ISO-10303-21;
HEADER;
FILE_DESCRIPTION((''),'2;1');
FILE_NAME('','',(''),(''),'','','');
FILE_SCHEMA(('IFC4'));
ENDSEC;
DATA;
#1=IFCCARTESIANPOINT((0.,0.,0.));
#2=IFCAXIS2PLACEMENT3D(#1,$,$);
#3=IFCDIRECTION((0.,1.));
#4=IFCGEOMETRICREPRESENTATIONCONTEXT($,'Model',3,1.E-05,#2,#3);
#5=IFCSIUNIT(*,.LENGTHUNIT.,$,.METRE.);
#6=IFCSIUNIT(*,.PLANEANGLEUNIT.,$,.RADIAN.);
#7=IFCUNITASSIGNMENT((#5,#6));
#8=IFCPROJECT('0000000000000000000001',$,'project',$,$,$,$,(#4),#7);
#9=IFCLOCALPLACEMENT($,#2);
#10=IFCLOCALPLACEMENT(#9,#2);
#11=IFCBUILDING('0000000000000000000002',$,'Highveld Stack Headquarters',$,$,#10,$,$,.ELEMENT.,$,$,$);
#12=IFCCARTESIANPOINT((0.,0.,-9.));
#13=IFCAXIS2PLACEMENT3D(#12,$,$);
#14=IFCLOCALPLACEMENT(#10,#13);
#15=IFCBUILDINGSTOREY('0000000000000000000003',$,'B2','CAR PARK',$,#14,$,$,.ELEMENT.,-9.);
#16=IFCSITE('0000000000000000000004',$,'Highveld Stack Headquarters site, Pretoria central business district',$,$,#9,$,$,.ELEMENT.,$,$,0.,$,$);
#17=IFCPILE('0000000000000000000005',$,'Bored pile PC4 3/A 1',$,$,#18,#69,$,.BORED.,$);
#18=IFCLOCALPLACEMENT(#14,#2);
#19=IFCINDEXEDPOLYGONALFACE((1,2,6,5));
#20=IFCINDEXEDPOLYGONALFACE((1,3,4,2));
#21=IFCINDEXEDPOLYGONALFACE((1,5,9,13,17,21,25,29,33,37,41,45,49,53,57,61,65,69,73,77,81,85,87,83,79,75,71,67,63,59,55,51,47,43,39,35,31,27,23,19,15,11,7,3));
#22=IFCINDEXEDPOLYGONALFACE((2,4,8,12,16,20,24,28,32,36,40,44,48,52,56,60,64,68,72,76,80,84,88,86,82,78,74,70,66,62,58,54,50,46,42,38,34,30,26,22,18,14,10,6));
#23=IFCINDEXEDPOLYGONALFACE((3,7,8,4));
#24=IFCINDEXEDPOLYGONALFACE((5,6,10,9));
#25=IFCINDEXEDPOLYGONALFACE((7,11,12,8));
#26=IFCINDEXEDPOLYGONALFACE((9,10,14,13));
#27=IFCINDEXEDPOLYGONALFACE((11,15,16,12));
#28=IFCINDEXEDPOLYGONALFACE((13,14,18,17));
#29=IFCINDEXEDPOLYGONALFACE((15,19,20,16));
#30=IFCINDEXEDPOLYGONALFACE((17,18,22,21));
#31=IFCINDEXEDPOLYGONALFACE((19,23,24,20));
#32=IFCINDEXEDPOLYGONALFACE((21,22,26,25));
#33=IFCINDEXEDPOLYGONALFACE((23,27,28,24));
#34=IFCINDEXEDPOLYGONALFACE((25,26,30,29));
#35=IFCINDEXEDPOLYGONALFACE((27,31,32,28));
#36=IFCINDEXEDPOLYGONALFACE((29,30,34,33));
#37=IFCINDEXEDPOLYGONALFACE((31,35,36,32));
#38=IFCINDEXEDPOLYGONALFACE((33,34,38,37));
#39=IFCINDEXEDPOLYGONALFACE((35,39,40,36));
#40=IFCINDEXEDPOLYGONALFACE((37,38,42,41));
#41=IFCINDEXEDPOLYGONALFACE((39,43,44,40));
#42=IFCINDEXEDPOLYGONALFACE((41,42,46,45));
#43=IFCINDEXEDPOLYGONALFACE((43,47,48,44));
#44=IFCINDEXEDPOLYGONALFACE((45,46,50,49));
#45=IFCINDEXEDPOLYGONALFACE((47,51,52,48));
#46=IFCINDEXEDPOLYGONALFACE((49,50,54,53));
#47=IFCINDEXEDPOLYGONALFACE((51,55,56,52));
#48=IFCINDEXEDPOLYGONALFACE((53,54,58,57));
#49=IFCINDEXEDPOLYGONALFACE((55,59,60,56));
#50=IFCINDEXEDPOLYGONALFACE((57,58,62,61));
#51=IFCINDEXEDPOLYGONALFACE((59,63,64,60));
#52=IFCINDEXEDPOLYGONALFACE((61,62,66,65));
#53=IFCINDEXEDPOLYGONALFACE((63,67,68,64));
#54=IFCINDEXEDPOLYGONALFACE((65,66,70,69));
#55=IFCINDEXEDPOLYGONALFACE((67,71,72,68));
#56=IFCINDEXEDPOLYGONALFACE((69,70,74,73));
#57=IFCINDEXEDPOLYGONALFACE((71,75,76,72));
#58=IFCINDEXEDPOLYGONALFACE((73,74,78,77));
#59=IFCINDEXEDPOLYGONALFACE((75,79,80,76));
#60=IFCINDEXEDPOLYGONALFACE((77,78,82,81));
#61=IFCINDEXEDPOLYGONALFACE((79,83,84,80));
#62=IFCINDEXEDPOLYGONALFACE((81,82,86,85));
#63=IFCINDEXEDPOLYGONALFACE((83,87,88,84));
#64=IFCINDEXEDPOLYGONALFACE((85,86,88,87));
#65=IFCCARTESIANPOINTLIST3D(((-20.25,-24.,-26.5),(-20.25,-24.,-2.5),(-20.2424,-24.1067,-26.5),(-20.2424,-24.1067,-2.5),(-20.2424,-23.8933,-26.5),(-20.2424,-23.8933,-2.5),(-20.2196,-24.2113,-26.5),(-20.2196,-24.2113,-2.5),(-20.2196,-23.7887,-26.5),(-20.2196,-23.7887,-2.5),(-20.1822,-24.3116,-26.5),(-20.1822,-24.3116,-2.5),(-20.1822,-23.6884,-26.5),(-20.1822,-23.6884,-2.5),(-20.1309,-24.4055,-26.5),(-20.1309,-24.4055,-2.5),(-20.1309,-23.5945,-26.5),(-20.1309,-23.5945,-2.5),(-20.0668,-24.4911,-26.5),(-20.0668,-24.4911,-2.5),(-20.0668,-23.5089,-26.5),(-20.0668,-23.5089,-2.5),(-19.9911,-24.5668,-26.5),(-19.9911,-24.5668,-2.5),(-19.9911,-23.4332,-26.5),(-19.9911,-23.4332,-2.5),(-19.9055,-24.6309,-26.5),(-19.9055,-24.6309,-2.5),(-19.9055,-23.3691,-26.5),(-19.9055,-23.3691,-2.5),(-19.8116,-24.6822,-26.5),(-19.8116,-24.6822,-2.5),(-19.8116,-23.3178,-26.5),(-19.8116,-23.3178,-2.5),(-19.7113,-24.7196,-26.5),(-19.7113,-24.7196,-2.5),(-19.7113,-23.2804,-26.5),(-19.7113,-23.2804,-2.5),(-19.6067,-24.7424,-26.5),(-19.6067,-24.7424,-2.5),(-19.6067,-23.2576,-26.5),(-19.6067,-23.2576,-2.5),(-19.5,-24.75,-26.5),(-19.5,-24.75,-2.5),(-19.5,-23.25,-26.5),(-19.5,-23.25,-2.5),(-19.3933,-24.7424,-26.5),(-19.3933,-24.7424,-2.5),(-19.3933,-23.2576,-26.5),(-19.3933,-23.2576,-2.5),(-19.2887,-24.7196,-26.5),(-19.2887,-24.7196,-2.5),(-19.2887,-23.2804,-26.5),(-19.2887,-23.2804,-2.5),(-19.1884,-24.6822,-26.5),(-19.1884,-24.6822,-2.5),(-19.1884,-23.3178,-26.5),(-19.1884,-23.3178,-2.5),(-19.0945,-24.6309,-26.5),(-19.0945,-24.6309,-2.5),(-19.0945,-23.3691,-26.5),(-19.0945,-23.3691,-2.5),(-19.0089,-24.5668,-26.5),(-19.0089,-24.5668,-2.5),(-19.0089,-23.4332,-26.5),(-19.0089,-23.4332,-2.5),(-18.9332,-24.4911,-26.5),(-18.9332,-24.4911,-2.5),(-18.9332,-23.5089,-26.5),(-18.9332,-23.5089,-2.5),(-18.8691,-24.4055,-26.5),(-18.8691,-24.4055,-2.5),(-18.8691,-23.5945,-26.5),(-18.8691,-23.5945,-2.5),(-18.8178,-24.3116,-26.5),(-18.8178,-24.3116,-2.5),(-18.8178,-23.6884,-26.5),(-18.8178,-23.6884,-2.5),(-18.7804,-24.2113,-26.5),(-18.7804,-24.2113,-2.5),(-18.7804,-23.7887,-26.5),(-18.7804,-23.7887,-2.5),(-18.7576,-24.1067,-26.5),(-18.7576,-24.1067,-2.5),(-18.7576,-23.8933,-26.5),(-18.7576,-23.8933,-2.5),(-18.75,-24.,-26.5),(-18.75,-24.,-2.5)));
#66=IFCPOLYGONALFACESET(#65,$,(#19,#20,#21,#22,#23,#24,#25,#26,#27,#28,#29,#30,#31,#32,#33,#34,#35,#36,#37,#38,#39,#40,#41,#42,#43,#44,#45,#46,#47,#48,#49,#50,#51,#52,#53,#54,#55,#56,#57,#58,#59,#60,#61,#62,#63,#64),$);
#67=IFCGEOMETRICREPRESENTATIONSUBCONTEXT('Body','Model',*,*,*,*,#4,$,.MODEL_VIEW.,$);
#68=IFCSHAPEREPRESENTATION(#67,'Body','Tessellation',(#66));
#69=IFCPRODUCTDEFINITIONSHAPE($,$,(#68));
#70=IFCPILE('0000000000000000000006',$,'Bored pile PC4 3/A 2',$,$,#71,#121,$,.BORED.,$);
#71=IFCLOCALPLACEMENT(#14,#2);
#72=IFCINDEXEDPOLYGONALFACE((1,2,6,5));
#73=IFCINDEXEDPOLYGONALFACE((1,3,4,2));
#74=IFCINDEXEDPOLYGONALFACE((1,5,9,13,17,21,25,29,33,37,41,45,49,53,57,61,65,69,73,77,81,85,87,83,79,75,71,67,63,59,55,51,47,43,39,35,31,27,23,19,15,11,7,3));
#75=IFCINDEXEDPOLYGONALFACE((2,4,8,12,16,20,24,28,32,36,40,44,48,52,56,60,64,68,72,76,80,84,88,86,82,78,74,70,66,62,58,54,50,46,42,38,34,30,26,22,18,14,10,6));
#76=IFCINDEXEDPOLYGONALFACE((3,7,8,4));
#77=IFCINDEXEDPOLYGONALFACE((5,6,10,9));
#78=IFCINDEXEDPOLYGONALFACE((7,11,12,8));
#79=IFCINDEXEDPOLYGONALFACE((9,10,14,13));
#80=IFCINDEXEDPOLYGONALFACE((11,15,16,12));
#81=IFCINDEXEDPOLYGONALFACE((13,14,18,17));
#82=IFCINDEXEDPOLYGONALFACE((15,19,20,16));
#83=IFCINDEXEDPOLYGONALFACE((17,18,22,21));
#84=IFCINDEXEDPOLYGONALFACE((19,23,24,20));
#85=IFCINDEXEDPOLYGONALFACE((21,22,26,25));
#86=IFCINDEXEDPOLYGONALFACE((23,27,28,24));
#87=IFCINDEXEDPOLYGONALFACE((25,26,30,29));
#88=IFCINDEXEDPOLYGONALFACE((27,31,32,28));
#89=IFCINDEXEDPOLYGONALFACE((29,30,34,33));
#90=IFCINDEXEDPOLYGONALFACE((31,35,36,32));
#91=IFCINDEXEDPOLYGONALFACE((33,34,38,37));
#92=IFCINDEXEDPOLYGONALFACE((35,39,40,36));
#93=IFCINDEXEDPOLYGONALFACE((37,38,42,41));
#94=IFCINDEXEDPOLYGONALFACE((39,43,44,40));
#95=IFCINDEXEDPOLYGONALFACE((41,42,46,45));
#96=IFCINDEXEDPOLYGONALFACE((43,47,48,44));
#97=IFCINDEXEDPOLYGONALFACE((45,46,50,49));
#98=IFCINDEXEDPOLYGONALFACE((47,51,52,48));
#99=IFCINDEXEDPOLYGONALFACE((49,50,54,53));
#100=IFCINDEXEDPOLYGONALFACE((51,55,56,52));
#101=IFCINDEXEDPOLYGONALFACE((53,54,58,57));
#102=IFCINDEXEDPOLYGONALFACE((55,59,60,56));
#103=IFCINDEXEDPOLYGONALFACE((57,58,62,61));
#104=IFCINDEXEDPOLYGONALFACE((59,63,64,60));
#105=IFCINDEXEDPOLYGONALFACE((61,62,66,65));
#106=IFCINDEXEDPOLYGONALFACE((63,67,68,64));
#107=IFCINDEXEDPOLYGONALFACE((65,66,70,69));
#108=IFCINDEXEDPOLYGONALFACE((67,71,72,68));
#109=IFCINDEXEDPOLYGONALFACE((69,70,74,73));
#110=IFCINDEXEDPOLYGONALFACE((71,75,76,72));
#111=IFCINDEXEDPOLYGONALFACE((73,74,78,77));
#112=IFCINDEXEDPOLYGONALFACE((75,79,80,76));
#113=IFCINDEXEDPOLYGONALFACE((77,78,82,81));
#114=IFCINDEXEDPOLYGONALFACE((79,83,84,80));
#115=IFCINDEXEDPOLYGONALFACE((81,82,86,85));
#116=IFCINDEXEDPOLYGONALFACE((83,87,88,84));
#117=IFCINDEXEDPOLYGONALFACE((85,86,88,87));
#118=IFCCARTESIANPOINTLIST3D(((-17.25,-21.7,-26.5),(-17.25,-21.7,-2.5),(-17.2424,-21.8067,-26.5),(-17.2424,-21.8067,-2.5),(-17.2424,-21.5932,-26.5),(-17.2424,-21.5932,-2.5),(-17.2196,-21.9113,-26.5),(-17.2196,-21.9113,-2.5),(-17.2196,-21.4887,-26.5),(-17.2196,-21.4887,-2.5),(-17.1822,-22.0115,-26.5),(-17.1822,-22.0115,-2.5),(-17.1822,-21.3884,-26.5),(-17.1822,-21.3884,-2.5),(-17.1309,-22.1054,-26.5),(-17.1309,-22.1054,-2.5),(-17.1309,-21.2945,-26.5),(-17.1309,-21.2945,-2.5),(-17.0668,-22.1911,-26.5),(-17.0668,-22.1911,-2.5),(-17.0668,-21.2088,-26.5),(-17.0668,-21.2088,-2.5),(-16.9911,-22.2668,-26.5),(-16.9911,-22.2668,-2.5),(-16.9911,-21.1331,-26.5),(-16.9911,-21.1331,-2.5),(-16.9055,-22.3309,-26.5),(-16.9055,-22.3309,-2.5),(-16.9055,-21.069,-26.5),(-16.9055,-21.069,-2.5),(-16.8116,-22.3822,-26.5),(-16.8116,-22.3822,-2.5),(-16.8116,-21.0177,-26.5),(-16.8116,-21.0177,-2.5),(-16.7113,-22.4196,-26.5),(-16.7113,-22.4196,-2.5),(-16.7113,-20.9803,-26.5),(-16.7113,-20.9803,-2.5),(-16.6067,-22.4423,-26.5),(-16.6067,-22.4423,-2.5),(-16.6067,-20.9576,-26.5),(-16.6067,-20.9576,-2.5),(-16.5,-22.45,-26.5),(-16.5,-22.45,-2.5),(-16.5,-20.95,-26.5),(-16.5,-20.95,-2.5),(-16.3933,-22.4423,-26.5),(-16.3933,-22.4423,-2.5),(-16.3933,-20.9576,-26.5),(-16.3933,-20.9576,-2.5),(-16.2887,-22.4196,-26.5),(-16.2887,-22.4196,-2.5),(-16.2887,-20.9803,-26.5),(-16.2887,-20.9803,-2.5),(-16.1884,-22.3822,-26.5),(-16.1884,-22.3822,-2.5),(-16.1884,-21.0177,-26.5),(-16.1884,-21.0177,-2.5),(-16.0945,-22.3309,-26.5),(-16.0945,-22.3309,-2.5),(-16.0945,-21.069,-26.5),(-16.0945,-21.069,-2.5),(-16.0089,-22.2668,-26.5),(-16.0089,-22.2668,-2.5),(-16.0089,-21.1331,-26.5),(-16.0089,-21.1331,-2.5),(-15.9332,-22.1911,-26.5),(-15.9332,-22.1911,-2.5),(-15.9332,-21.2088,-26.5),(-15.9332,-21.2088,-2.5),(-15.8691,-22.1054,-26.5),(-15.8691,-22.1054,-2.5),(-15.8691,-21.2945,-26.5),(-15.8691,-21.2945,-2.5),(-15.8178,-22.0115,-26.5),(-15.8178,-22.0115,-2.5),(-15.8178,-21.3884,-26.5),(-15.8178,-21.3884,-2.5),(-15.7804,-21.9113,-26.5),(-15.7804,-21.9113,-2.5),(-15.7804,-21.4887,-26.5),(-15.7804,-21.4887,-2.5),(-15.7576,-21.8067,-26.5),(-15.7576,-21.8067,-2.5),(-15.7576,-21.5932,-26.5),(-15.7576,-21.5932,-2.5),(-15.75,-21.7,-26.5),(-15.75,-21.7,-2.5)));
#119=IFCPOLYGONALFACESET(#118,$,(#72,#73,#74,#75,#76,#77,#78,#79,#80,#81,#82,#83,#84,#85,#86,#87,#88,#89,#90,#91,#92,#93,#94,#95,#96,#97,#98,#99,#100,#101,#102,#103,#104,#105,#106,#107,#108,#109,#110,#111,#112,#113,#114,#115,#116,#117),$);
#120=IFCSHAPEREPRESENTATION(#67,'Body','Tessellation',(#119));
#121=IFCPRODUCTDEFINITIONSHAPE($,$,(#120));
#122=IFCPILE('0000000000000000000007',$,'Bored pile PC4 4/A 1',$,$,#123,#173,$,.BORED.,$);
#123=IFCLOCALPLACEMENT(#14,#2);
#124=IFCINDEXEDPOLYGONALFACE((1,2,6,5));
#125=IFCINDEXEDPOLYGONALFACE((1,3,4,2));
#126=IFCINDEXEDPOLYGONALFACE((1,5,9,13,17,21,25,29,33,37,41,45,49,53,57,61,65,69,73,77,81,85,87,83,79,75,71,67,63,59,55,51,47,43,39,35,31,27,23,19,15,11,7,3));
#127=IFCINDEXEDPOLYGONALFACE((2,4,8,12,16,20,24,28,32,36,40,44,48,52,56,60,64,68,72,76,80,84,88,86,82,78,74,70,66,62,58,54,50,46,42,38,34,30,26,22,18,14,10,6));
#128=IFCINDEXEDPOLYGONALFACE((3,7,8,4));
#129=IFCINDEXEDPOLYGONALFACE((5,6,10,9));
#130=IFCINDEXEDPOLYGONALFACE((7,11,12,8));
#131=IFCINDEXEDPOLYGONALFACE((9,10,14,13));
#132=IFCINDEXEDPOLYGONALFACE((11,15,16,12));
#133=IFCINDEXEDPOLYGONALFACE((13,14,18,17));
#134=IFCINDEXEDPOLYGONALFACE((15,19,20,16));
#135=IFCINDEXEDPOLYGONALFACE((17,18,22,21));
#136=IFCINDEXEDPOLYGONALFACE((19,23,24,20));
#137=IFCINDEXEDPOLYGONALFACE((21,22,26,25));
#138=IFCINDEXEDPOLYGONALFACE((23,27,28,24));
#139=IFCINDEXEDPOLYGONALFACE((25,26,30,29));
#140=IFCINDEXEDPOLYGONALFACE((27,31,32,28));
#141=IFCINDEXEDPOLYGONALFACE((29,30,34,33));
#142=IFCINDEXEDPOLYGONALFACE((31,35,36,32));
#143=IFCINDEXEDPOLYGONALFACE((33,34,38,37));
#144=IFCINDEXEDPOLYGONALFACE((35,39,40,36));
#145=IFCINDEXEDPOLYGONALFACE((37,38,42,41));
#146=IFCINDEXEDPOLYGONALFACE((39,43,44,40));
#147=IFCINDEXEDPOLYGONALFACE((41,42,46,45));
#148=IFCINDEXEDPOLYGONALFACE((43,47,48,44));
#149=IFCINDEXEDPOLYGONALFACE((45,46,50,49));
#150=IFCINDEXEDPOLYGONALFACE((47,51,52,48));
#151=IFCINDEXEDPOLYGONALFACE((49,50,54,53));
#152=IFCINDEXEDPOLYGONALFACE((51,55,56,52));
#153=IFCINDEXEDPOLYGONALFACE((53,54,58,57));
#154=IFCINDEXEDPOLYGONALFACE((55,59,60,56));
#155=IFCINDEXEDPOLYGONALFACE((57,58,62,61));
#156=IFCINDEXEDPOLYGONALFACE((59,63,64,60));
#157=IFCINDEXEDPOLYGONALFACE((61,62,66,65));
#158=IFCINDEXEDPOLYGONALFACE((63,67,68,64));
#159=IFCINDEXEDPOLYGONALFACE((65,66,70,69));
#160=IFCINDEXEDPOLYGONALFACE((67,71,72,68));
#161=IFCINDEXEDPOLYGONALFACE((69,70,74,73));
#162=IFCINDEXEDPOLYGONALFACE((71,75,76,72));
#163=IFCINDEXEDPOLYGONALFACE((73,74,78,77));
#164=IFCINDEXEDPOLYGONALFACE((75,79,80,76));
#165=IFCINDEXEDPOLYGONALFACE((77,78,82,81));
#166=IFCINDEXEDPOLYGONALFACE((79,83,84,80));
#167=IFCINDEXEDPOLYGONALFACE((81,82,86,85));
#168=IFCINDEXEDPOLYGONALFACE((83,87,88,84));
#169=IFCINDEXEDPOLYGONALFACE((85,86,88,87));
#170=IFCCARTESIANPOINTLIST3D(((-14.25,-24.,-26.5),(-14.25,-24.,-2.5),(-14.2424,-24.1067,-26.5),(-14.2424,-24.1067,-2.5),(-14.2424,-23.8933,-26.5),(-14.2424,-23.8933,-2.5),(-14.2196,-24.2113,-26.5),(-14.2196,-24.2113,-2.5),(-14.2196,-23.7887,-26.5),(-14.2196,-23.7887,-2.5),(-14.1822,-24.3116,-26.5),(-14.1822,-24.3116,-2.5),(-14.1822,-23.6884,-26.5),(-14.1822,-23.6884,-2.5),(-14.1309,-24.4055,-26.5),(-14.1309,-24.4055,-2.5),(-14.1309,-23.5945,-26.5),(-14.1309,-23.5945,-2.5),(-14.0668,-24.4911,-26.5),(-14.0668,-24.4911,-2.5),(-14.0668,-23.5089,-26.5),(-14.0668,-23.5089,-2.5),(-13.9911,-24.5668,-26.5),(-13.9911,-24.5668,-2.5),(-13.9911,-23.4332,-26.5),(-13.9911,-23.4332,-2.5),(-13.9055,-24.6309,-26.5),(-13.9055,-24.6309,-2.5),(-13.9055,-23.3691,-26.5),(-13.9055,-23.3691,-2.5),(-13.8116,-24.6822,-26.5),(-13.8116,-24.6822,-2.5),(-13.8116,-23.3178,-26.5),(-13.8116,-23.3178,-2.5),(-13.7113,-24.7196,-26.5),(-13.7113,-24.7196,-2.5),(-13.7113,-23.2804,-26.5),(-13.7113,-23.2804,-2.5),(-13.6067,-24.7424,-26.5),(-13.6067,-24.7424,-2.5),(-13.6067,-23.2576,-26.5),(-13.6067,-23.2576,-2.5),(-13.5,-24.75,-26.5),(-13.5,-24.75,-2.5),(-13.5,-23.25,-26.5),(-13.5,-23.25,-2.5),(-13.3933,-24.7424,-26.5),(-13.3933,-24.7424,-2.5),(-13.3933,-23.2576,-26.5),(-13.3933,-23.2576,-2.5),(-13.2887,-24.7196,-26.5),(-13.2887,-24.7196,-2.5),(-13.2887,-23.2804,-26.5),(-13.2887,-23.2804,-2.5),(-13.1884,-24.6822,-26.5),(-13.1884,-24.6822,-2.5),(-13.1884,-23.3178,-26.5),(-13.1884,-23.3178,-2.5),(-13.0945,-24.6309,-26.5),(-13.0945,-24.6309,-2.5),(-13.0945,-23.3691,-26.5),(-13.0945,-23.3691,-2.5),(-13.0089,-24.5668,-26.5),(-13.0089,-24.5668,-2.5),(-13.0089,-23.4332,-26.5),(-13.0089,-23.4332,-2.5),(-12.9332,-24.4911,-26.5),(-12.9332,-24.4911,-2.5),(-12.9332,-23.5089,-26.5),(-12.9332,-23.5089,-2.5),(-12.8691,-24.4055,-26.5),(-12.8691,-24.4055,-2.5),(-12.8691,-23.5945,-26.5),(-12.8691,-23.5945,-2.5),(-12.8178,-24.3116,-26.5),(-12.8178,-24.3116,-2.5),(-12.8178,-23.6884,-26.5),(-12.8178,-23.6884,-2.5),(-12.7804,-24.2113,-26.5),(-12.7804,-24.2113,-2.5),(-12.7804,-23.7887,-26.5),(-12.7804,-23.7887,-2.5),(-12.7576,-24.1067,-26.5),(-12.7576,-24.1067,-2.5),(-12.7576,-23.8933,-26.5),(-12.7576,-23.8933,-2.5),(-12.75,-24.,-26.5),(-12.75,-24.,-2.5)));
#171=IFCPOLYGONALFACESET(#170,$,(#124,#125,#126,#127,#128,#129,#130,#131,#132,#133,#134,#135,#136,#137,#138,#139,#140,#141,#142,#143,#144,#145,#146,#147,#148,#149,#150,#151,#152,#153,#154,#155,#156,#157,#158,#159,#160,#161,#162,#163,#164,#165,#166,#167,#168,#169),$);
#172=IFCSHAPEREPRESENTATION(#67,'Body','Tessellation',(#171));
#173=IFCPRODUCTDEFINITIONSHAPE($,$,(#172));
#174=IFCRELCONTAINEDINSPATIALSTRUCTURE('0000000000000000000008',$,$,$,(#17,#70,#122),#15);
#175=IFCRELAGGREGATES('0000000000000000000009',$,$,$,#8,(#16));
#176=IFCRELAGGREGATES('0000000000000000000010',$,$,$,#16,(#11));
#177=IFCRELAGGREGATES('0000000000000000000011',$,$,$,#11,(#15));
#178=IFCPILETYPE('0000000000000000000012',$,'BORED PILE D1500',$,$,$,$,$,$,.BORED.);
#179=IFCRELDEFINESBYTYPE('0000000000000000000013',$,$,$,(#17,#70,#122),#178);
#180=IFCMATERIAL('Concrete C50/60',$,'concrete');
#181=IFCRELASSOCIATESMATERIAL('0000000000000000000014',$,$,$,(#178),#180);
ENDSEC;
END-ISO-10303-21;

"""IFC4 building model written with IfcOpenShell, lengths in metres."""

from ifc_helpers import new_model, si_unit, direction, frame, origin, origin_2d, place, context, subcontext, project, spatial, circle, extrude, material, type_object, element, save


model = new_model("IFC4")

# Units and contexts
model_context = context("Model", 3, precision=1e-05, world=origin(), true_north=direction((0.0, 1.0)))
body_context = subcontext(model_context, "Body", "Model", "MODEL_VIEW")
ifc_project = project(units=[si_unit("LENGTHUNIT", "METRE"), si_unit("PLANEANGLEUNIT", "RADIAN")], contexts=[model_context])

# Site, building, storey
site_placement = place(None, origin())
site = spatial("IfcSite", under=ifc_project, at=site_placement, Name="Highveld Stack Headquarters site, Pretoria central business district", CompositionType="ELEMENT", RefElevation=0.0)
building_placement = place(site_placement, origin())
building = spatial("IfcBuilding", under=site, at=building_placement, Name="Highveld Stack Headquarters", CompositionType="ELEMENT")
storey_placement = place(building_placement, frame((0.0, 0.0, -9.0)))
storey = spatial("IfcBuildingStorey", under=building, at=storey_placement, Name="B2", Description="CAR PARK", CompositionType="ELEMENT", Elevation=-9.0)

# Piles
ifc_material_1 = material(Name="Concrete C50/60", Category="concrete")
pile_type_1 = type_object("IfcPileType", Name="BORED PILE D1500", PredefinedType="BORED", material=ifc_material_1)
for number, where, z_axis, x_axis, name in (
    (1, (-19.5, -24.0, -2.5), (0.0, 0.0, -1.0), (1.0, 0.0, 0.0), "Bored pile PC4 3/A 1"),
    (2, (-16.5, -21.7, -2.5), (0.0, 0.0, -1.0), (1.0, 0.0, 0.0), "Bored pile PC4 3/A 2"),
    (3, (-13.5, -24.0, -2.5), (0.0, 0.0, -1.0), (1.0, 0.0, 0.0), "Bored pile PC4 4/A 1"),
):
    element("IfcPile", number, at=place(storey_placement, frame(where, z_axis=z_axis, x_axis=x_axis)), inside=storey, type_object=pile_type_1, Name=name, PredefinedType="BORED", context=body_context, shape_type="SweptSolid", body=[
        extrude(circle(Radius=0.75, at=origin_2d()), origin(), (0.0, 0.0, 1.0), 24.0),
    ])

save(model, "model.ifc")
